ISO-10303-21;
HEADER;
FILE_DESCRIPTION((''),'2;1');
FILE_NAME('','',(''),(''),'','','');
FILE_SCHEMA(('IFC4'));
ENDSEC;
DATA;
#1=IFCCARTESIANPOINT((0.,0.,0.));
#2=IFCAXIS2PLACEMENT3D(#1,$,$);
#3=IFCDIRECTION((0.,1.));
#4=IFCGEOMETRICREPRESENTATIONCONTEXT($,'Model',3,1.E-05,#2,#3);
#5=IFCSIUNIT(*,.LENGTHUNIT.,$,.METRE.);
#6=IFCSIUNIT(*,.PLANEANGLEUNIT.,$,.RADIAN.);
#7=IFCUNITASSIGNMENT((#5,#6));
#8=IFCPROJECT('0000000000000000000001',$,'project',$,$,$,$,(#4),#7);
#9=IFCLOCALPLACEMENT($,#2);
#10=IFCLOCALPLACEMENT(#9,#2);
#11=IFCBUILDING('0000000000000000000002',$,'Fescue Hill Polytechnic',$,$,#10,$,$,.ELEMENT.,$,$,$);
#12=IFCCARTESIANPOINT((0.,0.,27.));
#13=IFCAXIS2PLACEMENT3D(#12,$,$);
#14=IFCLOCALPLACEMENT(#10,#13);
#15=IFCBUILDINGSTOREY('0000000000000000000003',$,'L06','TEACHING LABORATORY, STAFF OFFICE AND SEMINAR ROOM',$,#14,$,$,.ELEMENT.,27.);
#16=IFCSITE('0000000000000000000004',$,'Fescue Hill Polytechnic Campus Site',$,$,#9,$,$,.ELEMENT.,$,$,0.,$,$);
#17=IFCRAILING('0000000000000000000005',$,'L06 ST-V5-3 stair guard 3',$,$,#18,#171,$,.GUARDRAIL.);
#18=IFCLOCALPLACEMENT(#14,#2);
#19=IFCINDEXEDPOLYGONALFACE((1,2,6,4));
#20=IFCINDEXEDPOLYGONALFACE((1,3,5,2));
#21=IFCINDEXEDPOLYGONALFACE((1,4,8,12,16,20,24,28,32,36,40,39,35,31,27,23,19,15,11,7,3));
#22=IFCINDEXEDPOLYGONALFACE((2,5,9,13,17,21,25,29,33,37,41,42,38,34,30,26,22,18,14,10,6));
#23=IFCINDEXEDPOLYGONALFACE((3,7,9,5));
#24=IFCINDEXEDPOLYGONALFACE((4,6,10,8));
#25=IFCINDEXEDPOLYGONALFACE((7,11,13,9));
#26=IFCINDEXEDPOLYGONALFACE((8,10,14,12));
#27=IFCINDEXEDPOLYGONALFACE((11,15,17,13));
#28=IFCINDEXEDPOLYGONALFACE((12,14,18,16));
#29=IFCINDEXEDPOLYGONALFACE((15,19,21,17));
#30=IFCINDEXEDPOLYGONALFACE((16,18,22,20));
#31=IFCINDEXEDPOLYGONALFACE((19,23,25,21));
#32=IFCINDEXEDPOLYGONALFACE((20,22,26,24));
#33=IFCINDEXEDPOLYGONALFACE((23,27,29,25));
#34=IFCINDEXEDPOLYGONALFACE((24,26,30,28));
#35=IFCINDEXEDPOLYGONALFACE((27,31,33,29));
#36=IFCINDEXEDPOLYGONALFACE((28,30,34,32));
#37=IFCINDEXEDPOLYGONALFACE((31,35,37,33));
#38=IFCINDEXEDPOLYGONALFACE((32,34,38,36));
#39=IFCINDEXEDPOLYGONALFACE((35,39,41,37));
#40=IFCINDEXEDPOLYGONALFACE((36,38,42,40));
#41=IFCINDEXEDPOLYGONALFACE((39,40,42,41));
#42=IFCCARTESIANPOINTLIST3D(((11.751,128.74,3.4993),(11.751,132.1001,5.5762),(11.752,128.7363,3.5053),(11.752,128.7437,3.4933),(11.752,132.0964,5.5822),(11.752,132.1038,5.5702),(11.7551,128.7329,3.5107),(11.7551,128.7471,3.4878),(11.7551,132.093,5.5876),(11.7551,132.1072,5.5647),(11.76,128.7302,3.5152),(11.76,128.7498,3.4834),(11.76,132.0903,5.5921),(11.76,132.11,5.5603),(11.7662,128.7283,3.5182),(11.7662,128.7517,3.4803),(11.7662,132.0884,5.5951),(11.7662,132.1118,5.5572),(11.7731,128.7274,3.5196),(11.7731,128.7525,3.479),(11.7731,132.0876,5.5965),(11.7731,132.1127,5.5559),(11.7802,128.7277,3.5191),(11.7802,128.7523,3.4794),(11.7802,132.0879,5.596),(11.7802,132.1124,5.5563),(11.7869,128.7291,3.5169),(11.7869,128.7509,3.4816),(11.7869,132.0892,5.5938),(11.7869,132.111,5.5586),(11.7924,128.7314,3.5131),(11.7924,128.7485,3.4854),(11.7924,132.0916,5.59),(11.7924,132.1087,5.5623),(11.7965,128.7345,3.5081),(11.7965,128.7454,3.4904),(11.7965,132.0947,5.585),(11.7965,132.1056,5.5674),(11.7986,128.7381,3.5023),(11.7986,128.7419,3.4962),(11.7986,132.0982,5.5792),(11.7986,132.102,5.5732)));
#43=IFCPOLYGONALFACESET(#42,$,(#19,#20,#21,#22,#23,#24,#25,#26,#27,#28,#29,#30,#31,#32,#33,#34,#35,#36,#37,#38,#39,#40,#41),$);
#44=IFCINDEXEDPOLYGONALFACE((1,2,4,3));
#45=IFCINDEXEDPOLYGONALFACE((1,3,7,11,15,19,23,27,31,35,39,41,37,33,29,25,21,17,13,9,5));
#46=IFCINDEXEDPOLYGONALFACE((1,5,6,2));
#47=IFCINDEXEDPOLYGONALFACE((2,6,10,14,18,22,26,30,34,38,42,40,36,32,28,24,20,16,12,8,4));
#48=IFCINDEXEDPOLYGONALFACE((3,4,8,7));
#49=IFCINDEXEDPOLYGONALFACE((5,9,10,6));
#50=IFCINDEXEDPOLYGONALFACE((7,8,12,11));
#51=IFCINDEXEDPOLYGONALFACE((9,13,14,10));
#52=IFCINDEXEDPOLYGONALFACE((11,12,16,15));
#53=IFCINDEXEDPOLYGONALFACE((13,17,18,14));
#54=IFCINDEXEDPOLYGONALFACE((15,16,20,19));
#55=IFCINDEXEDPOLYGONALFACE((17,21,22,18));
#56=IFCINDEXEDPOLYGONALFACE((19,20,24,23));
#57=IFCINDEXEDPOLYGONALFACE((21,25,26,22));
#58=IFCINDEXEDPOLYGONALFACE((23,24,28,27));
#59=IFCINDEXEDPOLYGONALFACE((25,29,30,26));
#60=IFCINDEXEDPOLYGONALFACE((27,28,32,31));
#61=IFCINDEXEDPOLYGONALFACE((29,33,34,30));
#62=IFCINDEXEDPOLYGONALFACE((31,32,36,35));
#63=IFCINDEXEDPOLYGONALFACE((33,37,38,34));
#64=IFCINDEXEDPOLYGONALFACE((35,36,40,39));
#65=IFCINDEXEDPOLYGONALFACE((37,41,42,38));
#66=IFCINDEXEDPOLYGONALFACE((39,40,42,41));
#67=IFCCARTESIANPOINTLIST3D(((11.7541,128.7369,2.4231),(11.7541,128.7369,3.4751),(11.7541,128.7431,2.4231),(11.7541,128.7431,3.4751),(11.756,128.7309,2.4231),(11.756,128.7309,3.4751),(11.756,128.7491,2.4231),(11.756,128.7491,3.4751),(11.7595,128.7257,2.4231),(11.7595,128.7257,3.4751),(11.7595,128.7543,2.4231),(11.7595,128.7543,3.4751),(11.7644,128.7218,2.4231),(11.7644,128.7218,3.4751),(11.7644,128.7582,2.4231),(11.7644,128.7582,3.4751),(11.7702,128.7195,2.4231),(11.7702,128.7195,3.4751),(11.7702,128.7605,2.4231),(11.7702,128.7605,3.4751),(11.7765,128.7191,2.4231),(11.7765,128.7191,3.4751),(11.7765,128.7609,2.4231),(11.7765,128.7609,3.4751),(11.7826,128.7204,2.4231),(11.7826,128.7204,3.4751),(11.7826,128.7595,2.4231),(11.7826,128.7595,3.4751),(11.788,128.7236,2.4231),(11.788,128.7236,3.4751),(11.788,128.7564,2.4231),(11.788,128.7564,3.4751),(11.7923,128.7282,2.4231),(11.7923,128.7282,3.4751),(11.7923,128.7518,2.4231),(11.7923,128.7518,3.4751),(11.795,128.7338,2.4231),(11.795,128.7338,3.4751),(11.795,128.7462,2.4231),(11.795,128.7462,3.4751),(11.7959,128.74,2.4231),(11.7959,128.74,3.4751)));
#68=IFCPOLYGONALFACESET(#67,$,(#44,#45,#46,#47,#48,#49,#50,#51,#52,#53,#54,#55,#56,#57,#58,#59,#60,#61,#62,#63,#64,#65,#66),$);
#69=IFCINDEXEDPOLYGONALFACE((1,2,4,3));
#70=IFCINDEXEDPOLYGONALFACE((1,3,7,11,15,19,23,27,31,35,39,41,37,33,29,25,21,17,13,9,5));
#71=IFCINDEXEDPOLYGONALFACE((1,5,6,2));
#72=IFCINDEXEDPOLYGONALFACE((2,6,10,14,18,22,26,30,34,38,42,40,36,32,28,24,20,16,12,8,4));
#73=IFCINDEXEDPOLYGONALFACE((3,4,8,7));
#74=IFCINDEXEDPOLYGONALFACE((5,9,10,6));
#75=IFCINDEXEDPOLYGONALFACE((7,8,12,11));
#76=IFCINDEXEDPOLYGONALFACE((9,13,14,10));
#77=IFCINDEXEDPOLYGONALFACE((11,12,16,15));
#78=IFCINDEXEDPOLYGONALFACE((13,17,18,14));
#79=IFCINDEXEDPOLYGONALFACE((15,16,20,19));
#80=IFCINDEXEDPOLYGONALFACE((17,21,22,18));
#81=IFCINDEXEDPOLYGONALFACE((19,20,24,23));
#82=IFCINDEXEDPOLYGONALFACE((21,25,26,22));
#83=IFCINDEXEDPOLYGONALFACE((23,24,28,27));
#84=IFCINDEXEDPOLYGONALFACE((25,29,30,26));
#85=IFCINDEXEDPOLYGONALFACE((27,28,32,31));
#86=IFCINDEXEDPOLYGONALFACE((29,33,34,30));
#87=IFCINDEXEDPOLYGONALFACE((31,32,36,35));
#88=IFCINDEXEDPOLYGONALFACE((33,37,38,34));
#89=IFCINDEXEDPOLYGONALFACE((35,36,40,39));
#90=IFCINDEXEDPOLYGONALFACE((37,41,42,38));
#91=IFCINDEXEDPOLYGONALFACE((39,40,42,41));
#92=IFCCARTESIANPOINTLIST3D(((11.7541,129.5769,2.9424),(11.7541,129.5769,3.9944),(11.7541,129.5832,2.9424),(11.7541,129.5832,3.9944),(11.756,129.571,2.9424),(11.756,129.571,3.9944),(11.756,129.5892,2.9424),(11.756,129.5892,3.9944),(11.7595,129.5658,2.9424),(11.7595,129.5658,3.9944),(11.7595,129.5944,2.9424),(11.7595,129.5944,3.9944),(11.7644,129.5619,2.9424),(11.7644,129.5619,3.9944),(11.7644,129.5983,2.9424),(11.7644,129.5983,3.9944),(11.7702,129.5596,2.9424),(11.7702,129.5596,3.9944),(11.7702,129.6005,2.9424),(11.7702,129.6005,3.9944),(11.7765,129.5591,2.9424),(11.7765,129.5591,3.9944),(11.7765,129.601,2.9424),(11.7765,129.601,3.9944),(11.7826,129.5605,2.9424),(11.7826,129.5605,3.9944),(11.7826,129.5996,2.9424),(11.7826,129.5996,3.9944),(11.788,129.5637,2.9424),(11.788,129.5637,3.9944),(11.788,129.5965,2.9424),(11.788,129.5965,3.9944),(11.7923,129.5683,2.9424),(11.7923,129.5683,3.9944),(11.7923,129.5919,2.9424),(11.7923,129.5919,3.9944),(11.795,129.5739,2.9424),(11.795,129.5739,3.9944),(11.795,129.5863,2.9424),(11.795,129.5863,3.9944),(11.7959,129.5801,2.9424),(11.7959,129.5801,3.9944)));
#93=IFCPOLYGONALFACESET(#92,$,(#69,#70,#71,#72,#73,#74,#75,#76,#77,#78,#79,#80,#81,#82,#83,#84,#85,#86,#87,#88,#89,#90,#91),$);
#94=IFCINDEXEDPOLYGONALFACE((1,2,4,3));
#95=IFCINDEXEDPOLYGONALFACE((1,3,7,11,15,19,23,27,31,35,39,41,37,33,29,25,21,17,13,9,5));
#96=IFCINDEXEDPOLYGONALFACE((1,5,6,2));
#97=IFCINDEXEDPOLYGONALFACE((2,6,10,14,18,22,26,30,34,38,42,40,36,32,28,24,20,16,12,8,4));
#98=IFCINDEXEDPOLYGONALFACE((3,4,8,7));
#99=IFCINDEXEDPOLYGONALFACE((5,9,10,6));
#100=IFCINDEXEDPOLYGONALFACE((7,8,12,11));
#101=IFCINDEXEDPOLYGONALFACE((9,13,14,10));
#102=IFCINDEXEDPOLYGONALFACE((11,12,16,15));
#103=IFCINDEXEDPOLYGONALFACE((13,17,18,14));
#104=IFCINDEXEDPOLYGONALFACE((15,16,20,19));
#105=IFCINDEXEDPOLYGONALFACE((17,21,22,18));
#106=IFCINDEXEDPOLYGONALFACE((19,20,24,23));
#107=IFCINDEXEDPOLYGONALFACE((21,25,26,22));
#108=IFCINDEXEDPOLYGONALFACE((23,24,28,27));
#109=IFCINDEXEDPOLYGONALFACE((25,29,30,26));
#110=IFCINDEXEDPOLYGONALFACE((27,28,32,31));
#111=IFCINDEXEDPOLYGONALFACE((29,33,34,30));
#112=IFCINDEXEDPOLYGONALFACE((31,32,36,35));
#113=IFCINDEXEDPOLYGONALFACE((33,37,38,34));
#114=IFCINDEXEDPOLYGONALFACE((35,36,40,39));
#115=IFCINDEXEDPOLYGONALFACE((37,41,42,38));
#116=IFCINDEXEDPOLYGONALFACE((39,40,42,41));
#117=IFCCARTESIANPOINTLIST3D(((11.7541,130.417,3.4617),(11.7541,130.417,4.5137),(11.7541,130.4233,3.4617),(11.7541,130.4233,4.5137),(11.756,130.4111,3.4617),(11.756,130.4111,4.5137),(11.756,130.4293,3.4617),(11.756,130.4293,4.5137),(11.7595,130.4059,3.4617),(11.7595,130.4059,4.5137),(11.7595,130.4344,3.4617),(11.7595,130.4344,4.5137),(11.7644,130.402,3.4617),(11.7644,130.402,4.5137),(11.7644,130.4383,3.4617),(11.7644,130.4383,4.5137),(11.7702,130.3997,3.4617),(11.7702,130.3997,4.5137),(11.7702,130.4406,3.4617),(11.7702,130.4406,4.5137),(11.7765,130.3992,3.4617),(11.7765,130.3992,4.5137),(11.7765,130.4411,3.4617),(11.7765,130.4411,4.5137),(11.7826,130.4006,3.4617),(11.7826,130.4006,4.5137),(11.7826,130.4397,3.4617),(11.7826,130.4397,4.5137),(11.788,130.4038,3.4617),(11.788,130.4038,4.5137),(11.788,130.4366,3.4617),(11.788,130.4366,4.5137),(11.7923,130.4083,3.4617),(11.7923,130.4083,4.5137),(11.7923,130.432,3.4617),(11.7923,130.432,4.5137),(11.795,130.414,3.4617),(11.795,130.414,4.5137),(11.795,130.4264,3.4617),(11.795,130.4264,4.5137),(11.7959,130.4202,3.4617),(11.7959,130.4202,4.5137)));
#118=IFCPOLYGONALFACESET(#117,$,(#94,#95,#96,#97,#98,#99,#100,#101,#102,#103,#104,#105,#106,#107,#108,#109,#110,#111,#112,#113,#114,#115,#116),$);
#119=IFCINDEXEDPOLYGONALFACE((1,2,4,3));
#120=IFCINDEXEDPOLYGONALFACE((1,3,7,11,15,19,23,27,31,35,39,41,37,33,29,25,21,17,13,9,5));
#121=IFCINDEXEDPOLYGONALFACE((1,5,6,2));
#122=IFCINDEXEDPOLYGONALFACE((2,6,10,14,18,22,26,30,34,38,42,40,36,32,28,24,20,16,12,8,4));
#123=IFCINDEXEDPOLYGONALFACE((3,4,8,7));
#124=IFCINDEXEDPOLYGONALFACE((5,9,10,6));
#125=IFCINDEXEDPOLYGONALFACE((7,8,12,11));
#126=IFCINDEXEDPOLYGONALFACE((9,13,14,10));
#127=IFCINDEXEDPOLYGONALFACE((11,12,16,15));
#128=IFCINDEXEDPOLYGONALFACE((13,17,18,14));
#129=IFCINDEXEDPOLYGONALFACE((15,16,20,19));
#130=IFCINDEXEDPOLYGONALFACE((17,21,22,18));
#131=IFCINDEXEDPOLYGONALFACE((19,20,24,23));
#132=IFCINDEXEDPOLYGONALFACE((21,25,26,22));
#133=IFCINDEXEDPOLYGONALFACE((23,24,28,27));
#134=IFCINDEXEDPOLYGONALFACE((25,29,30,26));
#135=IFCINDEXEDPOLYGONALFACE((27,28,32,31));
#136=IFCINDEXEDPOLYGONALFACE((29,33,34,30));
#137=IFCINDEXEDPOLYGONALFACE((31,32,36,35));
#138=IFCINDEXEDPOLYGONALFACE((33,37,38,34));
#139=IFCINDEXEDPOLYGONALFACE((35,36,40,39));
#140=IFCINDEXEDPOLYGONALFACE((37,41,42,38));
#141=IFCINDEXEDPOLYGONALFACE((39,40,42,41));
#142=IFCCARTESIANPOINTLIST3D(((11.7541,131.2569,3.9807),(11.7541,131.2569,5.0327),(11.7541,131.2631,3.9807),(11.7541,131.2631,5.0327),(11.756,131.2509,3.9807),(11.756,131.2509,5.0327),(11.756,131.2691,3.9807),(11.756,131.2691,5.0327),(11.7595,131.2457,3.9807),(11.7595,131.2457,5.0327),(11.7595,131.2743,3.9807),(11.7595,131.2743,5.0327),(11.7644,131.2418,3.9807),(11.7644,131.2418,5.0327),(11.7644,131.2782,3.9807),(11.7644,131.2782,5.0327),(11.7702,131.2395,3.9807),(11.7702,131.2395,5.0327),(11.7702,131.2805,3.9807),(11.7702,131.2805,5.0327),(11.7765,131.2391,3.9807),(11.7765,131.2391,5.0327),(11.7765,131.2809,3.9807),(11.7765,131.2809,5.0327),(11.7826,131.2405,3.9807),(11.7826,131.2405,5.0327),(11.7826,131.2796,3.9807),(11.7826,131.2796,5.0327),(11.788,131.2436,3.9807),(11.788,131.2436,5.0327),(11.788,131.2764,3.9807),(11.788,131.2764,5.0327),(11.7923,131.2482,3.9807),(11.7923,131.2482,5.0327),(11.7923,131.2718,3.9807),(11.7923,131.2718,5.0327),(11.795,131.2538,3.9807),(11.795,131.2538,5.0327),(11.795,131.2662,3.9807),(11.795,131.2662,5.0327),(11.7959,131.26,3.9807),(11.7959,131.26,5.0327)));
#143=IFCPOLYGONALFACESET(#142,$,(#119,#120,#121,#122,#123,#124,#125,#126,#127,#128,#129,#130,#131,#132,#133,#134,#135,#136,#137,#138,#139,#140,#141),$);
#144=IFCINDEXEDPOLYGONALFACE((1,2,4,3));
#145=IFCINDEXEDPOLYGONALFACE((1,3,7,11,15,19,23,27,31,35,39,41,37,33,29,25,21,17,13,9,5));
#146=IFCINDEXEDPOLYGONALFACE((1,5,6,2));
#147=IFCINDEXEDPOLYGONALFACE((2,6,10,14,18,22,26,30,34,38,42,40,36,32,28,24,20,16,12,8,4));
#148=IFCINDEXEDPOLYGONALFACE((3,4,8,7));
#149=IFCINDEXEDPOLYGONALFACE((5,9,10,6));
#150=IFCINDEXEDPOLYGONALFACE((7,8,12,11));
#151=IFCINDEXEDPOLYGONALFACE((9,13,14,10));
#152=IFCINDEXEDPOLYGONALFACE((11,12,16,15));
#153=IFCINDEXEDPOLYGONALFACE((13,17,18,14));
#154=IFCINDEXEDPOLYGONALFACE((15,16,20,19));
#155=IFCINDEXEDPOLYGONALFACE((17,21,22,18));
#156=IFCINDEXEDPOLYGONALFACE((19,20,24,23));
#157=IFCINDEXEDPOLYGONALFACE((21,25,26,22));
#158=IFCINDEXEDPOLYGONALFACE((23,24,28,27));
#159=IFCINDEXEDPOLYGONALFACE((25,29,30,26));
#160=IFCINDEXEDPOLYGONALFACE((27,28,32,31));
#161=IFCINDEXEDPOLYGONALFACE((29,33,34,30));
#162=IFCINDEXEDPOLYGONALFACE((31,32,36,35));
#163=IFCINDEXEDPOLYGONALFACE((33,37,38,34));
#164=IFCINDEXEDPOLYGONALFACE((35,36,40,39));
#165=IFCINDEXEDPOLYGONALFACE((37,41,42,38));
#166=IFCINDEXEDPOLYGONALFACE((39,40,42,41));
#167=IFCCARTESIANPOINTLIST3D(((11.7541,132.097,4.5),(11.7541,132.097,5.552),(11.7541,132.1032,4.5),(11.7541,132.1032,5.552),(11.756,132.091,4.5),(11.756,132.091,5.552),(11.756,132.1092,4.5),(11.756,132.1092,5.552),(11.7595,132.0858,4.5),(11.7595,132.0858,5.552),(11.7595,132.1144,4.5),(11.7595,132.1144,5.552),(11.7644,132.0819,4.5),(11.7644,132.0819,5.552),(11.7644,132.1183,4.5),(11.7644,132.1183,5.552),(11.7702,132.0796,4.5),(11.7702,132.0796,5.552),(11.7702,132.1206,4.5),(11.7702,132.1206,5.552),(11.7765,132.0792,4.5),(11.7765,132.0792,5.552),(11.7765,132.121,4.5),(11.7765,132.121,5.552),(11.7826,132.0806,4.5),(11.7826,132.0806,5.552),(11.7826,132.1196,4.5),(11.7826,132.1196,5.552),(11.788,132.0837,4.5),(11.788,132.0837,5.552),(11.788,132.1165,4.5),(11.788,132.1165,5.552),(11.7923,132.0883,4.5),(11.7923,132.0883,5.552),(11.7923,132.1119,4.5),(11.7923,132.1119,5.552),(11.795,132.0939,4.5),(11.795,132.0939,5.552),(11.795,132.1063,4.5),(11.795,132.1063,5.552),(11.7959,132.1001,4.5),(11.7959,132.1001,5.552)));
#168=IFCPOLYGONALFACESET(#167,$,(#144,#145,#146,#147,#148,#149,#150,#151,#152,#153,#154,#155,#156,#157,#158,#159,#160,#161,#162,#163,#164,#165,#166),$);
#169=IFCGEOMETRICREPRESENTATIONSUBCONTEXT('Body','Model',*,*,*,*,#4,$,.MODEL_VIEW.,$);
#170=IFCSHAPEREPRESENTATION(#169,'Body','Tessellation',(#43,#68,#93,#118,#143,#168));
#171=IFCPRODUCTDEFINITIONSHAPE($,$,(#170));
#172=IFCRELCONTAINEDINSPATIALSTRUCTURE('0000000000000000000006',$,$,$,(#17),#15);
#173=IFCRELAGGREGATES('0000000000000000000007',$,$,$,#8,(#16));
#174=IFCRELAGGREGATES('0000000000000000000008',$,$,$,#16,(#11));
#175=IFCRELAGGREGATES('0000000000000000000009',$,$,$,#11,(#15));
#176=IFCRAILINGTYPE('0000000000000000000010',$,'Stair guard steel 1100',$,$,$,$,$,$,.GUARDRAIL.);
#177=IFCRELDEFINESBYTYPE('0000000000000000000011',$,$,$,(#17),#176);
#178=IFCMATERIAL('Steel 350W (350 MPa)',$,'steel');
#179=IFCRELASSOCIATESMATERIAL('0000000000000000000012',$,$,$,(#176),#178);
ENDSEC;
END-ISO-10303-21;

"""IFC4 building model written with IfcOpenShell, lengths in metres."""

from ifc_helpers import new_model, si_unit, direction, frame, origin, origin_2d, place, context, subcontext, project, spatial, circle, extrude, material, type_object, element, save


model = new_model("IFC4")

# Units and contexts
model_context = context("Model", 3, precision=1e-05, world=origin(), true_north=direction((0.0, 1.0)))
body_context = subcontext(model_context, "Body", "Model", "MODEL_VIEW")
ifc_project = project(units=[si_unit("LENGTHUNIT", "METRE"), si_unit("PLANEANGLEUNIT", "RADIAN")], contexts=[model_context])

# Site, building, storey
site_placement = place(None, origin())
site = spatial("IfcSite", under=ifc_project, at=site_placement, Name="Fescue Hill Polytechnic Campus Site", CompositionType="ELEMENT", RefElevation=0.0)
building_placement = place(site_placement, origin())
building = spatial("IfcBuilding", under=site, at=building_placement, Name="Fescue Hill Polytechnic", CompositionType="ELEMENT")
storey_placement = place(building_placement, frame((0.0, 0.0, 27.0)))
storey = spatial("IfcBuildingStorey", under=building, at=storey_placement, Name="L06", Description="TEACHING LABORATORY, STAFF OFFICE AND SEMINAR ROOM", CompositionType="ELEMENT", Elevation=27.0)

# Railing
ifc_material_1 = material(Name="Steel 350W (350 MPa)", Category="steel")
railing_type_1 = type_object("IfcRailingType", Name="Stair guard steel 1100", PredefinedType="GUARDRAIL", material=ifc_material_1)
railing_1_placement = place(storey_placement, frame((11.7749, 128.74, 2.4231)))
element("IfcRailing", 1, at=railing_1_placement, inside=storey, type_object=railing_type_1, Name="L06 ST-V5-3 stair guard 3", PredefinedType="GUARDRAIL", context=body_context, shape_type="SweptSolid", body=[
    extrude(circle(Radius=0.0239, at=origin_2d()), frame((0.0, 0.0, 1.0762), z_axis=(0.0, 0.850623, 0.525776), x_axis=(-1.0, 0.0, 0.0)), (0.0, 0.0, 1.0), 3.9502),
    extrude(circle(Radius=0.021, at=origin_2d()), origin(), (0.0, 0.0, 1.0), 1.052),
    extrude(circle(Radius=0.021, at=origin_2d()), frame((0.0, 0.8401, 0.5193)), (0.0, 0.0, 1.0), 1.052),
    extrude(circle(Radius=0.021, at=origin_2d()), frame((0.0, 1.6802, 1.0386)), (0.0, 0.0, 1.0), 1.052),
    extrude(circle(Radius=0.021, at=origin_2d()), frame((0.0, 2.52, 1.5576)), (0.0, 0.0, 1.0), 1.052),
    extrude(circle(Radius=0.021, at=origin_2d()), frame((0.0, 3.3601, 2.0769)), (0.0, 0.0, 1.0), 1.052),
])

save(model, "model.ifc")
